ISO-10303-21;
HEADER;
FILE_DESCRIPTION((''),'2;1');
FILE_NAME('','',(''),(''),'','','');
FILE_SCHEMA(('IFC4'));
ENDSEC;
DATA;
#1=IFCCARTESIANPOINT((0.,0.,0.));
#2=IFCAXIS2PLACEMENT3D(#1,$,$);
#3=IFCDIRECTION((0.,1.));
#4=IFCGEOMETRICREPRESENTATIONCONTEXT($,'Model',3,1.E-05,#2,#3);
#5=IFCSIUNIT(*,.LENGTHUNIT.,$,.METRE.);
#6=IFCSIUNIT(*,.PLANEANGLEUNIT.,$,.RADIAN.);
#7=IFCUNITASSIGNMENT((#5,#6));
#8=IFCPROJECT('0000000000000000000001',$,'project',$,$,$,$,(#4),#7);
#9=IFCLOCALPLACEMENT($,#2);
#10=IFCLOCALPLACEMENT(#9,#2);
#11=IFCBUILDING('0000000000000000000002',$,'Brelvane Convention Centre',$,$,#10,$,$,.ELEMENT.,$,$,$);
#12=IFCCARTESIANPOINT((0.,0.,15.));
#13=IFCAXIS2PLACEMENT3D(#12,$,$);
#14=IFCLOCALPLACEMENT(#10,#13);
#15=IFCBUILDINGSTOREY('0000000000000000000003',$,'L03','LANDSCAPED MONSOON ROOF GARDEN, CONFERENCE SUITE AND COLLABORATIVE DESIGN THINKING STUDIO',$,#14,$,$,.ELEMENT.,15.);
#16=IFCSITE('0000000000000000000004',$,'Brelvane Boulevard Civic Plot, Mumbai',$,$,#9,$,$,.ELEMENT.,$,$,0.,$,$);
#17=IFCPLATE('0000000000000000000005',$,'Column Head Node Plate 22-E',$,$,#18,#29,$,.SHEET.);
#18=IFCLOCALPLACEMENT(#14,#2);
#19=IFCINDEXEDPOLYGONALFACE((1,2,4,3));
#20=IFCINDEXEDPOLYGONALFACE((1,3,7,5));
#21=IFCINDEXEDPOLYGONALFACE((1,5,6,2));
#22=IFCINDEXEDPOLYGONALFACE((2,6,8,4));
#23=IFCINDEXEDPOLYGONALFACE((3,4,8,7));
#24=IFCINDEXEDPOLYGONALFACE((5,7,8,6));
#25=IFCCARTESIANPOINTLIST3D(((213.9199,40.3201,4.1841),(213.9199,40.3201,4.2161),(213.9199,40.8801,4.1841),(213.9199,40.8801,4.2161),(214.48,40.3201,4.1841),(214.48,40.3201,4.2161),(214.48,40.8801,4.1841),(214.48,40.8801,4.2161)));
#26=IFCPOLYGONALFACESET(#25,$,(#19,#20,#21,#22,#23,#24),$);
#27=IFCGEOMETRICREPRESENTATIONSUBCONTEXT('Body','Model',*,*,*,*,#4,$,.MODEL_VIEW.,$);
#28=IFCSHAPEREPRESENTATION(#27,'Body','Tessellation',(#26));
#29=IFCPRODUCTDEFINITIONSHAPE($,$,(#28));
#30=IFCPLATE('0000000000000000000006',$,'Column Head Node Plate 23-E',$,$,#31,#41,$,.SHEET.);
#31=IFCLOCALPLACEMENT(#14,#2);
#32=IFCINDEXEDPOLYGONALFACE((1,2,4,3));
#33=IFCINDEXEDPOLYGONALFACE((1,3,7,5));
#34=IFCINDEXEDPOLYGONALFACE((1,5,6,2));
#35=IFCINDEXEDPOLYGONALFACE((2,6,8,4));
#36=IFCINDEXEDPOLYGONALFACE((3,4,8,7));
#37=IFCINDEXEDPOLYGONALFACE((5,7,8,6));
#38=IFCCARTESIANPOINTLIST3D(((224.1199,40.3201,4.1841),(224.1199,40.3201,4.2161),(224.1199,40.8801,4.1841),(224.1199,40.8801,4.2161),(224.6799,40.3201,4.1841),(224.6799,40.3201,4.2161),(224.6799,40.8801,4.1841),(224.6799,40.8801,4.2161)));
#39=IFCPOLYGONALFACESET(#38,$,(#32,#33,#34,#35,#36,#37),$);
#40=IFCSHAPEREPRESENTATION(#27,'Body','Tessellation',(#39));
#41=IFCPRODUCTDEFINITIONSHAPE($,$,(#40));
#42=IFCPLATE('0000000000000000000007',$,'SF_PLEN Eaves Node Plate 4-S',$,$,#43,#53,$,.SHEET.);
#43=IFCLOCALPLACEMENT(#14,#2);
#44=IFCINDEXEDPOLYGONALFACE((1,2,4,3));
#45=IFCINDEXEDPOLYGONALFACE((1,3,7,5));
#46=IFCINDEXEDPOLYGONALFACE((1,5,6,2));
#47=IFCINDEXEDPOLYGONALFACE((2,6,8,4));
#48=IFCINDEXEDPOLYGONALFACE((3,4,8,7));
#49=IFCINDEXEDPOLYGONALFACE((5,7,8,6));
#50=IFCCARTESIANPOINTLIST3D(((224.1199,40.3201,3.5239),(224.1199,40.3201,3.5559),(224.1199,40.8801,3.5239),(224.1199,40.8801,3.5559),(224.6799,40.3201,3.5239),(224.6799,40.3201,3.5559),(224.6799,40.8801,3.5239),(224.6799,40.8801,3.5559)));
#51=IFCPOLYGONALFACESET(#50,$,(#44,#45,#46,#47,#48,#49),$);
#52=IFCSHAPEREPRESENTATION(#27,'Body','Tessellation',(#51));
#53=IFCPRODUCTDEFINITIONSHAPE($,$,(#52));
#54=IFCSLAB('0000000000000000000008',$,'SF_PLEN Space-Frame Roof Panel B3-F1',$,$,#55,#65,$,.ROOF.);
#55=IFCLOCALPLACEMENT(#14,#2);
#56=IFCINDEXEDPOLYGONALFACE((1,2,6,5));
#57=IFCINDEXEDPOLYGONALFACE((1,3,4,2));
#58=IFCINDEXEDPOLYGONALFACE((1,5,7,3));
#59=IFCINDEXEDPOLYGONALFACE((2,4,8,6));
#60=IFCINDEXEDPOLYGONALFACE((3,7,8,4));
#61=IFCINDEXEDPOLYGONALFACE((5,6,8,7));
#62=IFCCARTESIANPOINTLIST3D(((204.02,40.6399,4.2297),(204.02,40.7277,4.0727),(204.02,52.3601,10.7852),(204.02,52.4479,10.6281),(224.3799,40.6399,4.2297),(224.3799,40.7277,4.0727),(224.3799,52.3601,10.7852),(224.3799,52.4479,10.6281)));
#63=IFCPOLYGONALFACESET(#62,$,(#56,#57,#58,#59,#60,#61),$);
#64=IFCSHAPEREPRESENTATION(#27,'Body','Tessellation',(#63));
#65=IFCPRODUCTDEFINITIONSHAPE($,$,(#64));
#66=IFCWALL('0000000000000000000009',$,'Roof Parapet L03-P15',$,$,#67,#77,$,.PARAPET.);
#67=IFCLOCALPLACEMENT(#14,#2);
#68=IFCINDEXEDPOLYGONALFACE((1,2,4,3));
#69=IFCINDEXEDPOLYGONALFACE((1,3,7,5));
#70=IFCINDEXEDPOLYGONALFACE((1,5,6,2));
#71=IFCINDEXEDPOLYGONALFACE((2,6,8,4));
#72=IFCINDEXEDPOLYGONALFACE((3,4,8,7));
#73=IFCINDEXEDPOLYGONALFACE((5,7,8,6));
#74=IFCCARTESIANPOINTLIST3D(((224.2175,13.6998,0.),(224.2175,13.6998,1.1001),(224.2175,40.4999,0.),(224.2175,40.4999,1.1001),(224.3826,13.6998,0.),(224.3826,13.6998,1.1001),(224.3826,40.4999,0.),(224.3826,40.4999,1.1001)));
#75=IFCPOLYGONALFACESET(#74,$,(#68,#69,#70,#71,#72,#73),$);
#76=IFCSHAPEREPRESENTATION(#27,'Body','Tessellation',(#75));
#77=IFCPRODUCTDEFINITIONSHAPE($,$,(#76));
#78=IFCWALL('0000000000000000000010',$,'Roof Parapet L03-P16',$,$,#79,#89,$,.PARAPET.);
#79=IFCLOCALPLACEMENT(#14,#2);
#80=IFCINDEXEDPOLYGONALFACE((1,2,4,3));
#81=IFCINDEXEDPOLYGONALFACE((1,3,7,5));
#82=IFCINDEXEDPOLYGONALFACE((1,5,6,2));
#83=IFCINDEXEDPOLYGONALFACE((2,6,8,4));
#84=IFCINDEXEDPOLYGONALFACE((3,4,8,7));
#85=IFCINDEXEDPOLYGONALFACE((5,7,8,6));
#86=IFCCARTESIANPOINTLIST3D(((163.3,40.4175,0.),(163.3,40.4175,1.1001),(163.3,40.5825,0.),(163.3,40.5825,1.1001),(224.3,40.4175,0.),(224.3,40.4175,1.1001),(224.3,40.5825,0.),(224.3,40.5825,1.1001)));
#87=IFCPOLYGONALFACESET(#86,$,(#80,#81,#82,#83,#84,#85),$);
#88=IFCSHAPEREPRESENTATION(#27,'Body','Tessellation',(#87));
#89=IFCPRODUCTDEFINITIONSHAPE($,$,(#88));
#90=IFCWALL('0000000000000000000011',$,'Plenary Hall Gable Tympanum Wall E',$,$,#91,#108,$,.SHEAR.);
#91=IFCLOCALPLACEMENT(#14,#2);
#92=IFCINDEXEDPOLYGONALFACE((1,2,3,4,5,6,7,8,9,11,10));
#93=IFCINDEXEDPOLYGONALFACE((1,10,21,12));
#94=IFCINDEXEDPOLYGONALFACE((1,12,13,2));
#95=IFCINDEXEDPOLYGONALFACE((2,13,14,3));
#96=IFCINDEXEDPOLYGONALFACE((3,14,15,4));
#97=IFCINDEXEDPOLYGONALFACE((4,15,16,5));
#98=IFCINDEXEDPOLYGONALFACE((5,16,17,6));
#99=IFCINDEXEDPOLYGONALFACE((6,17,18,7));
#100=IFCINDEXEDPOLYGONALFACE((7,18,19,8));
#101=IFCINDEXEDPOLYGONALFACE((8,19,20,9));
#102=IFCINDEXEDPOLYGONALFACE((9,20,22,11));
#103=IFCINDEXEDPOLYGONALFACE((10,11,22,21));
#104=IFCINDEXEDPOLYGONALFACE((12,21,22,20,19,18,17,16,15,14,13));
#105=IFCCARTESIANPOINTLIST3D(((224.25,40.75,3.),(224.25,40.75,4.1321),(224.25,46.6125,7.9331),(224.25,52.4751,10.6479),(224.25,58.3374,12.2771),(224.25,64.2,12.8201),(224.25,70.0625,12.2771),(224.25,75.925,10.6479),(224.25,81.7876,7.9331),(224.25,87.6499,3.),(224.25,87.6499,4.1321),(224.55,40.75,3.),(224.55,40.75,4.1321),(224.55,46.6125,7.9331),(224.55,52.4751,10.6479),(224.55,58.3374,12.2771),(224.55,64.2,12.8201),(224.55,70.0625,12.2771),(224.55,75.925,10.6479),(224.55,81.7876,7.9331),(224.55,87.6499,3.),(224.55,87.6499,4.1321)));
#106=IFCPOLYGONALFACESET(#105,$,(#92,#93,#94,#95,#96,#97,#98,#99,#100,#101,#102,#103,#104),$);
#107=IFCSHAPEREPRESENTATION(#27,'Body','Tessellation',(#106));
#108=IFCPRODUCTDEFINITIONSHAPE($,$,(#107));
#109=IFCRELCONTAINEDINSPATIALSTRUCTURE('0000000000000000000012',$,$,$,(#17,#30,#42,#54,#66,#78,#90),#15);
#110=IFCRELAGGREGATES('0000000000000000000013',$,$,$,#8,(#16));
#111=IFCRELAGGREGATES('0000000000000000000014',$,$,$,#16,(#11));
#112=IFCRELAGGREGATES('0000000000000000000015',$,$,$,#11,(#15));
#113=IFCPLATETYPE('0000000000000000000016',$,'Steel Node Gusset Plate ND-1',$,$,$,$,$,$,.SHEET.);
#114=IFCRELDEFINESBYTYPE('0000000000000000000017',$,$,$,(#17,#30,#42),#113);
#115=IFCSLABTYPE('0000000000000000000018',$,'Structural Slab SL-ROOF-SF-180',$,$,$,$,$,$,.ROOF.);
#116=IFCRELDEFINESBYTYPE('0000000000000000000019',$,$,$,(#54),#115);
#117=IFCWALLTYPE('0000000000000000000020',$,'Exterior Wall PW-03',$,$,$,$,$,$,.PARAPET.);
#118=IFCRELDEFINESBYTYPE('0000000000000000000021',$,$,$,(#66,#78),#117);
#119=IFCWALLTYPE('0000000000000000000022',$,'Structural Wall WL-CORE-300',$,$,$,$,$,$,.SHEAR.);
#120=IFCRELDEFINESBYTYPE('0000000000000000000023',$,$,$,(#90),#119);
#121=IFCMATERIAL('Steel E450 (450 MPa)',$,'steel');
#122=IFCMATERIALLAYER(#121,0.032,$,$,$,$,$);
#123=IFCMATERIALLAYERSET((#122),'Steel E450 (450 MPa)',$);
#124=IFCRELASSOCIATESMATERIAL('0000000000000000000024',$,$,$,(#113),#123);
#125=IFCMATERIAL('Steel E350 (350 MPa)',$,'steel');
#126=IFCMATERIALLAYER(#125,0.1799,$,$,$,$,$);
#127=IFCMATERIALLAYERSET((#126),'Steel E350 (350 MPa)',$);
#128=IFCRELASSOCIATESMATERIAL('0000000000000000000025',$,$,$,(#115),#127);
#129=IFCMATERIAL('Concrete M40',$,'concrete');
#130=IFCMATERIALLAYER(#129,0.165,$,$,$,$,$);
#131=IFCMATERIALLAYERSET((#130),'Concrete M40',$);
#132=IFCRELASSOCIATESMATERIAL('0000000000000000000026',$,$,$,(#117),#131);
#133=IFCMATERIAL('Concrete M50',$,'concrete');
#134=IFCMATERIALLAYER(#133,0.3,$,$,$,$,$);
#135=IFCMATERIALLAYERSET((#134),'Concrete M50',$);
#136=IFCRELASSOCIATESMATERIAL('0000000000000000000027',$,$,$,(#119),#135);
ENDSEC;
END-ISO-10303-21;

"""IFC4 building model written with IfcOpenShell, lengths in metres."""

from ifc_helpers import new_model, si_unit, direction, frame, frame_2d, origin, origin_2d, place, context, subcontext, project, spatial, polyline, rectangle, outline, extrude, material, layer, layer_set, type_object, element, save


model = new_model("IFC4")

# Units and contexts
model_context = context("Model", 3, precision=1e-05, world=origin(), true_north=direction((0.0, 1.0)))
body_context = subcontext(model_context, "Body", "Model", "MODEL_VIEW")
ifc_project = project(units=[si_unit("LENGTHUNIT", "METRE"), si_unit("PLANEANGLEUNIT", "RADIAN")], contexts=[model_context])

# Site, building, storey
site_placement = place(None, origin())
site = spatial("IfcSite", under=ifc_project, at=site_placement, Name="Brelvane Boulevard Civic Plot, Mumbai", CompositionType="ELEMENT", RefElevation=0.0)
building_placement = place(site_placement, origin())
building = spatial("IfcBuilding", under=site, at=building_placement, Name="Brelvane Convention Centre", CompositionType="ELEMENT")
storey_placement = place(building_placement, frame((0.0, 0.0, 15.0)))
storey = spatial("IfcBuildingStorey", under=building, at=storey_placement, Name="L03", Description="LANDSCAPED MONSOON ROOF GARDEN, CONFERENCE SUITE AND COLLABORATIVE DESIGN THINKING STUDIO", CompositionType="ELEMENT", Elevation=15.0)

# Plates
ifc_material_1 = material(Name="Steel E450 (450 MPa)", Category="steel")
ifc_layer_1 = layer(ifc_material_1, 0.032)
ifc_layer_set_1 = layer_set([ifc_layer_1], Name="Steel E450 (450 MPa)")
plate_type = type_object("IfcPlateType", Name="Steel Node Gusset Plate ND-1", PredefinedType="SHEET", material=ifc_layer_set_1)
for number, where, z_axis, x_axis, name in (
    (1, (214.2, 40.6001, 4.1841), (0.0, 0.0, 1.0), (1.0, 0.0, 0.0), "Column Head Node Plate 22-E"),
    (2, (224.3999, 40.6001, 4.1841), (0.0, 0.0, 1.0), (1.0, 0.0, 0.0), "Column Head Node Plate 23-E"),
    (3, (224.3999, 40.6001, 3.5239), (0.0, 0.0, 1.0), (1.0, 0.0, 0.0), "SF_PLEN Eaves Node Plate 4-S"),
):
    element("IfcPlate", number, at=place(storey_placement, frame(where, z_axis=z_axis, x_axis=x_axis)), inside=storey, type_object=plate_type, Name=name, PredefinedType="SHEET", context=body_context, shape_type="SweptSolid", body=[
        extrude(rectangle(XDim=0.5601, YDim=0.5601, at=origin_2d()), origin(), (0.0, 0.0, 1.0), 0.032),
    ])

# Slab
ifc_material_2 = material(Name="Steel E350 (350 MPa)", Category="steel")
ifc_layer_2 = layer(ifc_material_2, 0.1799)
ifc_layer_set_2 = layer_set([ifc_layer_2], Name="Steel E350 (350 MPa)")
slab_type = type_object("IfcSlabType", Name="Structural Slab SL-ROOF-SF-180", PredefinedType="ROOF", material=ifc_layer_set_2)
slab_placement = place(storey_placement, frame((204.02, 40.6399, 4.2297), z_axis=(0.0, -0.488155, 0.872757), x_axis=(1.0, 0.0, 0.0)))
element("IfcSlab", 4, at=slab_placement, inside=storey, type_object=slab_type, Name="SF_PLEN Space-Frame Roof Panel B3-F1", PredefinedType="ROOF", context=body_context, shape_type="SweptSolid", body=[
    extrude(outline(polyline([(0.0, 0.0), (20.3599, 0.0), (20.3599, 13.429), (0.0, 13.429), (0.0, 0.0)])), origin(), (0.0, 0.0, -1.0), 0.1799),
])

# Walls
ifc_material_3 = material(Name="Concrete M40", Category="concrete")
ifc_layer_3 = layer(ifc_material_3, 0.165)
ifc_layer_set_3 = layer_set([ifc_layer_3], Name="Concrete M40")
wall_type_1 = type_object("IfcWallType", Name="Exterior Wall PW-03", PredefinedType="PARAPET", material=ifc_layer_set_3)
wall_1_placement = place(storey_placement, frame((224.3, 13.7, 0.0), z_axis=(0.0, 0.0, 1.0), x_axis=(0.0, 1.0, 0.0)))
element("IfcWall", 5, at=wall_1_placement, inside=storey, type_object=wall_type_1, Name="Roof Parapet L03-P15", PredefinedType="PARAPET", context=body_context, shape_type="SweptSolid", body=[
    extrude(rectangle(XDim=26.8, YDim=0.165, at=frame_2d((13.3999, 0.0))), origin(), (0.0, 0.0, 1.0), 1.1001),
])
wall_2_placement = place(storey_placement, frame((224.3, 40.5, 0.0), z_axis=(0.0, 0.0, 1.0), x_axis=(-1.0, 0.0, 0.0)))
element("IfcWall", 6, at=wall_2_placement, inside=storey, type_object=wall_type_1, Name="Roof Parapet L03-P16", PredefinedType="PARAPET", context=body_context, shape_type="SweptSolid", body=[
    extrude(rectangle(XDim=61.0, YDim=0.165, at=frame_2d((30.5, 0.0))), origin(), (0.0, 0.0, 1.0), 1.1001),
])
ifc_material_4 = material(Name="Concrete M50", Category="concrete")
ifc_layer_4 = layer(ifc_material_4, 0.3)
ifc_layer_set_4 = layer_set([ifc_layer_4], Name="Concrete M50")
wall_type_2 = type_object("IfcWallType", Name="Structural Wall WL-CORE-300", PredefinedType="SHEAR", material=ifc_layer_set_4)
wall_3_placement = place(storey_placement, frame((224.3999, 40.75, 3.0), z_axis=(0.0, 0.0, 1.0), x_axis=(0.0, 1.0, 0.0)))
element("IfcWall", 7, at=wall_3_placement, inside=storey, type_object=wall_type_2, Name="Plenary Hall Gable Tympanum Wall E", PredefinedType="SHEAR", context=body_context, shape_type="SweptSolid", body=[
    extrude(outline(polyline([(0.0, 0.0), (46.8999, 0.0), (46.8999, 1.1321), (41.0376, 4.9331), (35.175, 7.6479), (29.3125, 9.2771), (23.45, 9.8201), (17.5874, 9.2771), (11.7251, 7.6479), (5.8625, 4.9331), (0.0, 1.1321), (0.0, 0.0)])), frame((0.0, 0.1499, 0.0), z_axis=(0.0, -1.0, 0.0), x_axis=(1.0, 0.0, 0.0)), (0.0, 0.0, 1.0), 0.3),
])

save(model, "model.ifc")
